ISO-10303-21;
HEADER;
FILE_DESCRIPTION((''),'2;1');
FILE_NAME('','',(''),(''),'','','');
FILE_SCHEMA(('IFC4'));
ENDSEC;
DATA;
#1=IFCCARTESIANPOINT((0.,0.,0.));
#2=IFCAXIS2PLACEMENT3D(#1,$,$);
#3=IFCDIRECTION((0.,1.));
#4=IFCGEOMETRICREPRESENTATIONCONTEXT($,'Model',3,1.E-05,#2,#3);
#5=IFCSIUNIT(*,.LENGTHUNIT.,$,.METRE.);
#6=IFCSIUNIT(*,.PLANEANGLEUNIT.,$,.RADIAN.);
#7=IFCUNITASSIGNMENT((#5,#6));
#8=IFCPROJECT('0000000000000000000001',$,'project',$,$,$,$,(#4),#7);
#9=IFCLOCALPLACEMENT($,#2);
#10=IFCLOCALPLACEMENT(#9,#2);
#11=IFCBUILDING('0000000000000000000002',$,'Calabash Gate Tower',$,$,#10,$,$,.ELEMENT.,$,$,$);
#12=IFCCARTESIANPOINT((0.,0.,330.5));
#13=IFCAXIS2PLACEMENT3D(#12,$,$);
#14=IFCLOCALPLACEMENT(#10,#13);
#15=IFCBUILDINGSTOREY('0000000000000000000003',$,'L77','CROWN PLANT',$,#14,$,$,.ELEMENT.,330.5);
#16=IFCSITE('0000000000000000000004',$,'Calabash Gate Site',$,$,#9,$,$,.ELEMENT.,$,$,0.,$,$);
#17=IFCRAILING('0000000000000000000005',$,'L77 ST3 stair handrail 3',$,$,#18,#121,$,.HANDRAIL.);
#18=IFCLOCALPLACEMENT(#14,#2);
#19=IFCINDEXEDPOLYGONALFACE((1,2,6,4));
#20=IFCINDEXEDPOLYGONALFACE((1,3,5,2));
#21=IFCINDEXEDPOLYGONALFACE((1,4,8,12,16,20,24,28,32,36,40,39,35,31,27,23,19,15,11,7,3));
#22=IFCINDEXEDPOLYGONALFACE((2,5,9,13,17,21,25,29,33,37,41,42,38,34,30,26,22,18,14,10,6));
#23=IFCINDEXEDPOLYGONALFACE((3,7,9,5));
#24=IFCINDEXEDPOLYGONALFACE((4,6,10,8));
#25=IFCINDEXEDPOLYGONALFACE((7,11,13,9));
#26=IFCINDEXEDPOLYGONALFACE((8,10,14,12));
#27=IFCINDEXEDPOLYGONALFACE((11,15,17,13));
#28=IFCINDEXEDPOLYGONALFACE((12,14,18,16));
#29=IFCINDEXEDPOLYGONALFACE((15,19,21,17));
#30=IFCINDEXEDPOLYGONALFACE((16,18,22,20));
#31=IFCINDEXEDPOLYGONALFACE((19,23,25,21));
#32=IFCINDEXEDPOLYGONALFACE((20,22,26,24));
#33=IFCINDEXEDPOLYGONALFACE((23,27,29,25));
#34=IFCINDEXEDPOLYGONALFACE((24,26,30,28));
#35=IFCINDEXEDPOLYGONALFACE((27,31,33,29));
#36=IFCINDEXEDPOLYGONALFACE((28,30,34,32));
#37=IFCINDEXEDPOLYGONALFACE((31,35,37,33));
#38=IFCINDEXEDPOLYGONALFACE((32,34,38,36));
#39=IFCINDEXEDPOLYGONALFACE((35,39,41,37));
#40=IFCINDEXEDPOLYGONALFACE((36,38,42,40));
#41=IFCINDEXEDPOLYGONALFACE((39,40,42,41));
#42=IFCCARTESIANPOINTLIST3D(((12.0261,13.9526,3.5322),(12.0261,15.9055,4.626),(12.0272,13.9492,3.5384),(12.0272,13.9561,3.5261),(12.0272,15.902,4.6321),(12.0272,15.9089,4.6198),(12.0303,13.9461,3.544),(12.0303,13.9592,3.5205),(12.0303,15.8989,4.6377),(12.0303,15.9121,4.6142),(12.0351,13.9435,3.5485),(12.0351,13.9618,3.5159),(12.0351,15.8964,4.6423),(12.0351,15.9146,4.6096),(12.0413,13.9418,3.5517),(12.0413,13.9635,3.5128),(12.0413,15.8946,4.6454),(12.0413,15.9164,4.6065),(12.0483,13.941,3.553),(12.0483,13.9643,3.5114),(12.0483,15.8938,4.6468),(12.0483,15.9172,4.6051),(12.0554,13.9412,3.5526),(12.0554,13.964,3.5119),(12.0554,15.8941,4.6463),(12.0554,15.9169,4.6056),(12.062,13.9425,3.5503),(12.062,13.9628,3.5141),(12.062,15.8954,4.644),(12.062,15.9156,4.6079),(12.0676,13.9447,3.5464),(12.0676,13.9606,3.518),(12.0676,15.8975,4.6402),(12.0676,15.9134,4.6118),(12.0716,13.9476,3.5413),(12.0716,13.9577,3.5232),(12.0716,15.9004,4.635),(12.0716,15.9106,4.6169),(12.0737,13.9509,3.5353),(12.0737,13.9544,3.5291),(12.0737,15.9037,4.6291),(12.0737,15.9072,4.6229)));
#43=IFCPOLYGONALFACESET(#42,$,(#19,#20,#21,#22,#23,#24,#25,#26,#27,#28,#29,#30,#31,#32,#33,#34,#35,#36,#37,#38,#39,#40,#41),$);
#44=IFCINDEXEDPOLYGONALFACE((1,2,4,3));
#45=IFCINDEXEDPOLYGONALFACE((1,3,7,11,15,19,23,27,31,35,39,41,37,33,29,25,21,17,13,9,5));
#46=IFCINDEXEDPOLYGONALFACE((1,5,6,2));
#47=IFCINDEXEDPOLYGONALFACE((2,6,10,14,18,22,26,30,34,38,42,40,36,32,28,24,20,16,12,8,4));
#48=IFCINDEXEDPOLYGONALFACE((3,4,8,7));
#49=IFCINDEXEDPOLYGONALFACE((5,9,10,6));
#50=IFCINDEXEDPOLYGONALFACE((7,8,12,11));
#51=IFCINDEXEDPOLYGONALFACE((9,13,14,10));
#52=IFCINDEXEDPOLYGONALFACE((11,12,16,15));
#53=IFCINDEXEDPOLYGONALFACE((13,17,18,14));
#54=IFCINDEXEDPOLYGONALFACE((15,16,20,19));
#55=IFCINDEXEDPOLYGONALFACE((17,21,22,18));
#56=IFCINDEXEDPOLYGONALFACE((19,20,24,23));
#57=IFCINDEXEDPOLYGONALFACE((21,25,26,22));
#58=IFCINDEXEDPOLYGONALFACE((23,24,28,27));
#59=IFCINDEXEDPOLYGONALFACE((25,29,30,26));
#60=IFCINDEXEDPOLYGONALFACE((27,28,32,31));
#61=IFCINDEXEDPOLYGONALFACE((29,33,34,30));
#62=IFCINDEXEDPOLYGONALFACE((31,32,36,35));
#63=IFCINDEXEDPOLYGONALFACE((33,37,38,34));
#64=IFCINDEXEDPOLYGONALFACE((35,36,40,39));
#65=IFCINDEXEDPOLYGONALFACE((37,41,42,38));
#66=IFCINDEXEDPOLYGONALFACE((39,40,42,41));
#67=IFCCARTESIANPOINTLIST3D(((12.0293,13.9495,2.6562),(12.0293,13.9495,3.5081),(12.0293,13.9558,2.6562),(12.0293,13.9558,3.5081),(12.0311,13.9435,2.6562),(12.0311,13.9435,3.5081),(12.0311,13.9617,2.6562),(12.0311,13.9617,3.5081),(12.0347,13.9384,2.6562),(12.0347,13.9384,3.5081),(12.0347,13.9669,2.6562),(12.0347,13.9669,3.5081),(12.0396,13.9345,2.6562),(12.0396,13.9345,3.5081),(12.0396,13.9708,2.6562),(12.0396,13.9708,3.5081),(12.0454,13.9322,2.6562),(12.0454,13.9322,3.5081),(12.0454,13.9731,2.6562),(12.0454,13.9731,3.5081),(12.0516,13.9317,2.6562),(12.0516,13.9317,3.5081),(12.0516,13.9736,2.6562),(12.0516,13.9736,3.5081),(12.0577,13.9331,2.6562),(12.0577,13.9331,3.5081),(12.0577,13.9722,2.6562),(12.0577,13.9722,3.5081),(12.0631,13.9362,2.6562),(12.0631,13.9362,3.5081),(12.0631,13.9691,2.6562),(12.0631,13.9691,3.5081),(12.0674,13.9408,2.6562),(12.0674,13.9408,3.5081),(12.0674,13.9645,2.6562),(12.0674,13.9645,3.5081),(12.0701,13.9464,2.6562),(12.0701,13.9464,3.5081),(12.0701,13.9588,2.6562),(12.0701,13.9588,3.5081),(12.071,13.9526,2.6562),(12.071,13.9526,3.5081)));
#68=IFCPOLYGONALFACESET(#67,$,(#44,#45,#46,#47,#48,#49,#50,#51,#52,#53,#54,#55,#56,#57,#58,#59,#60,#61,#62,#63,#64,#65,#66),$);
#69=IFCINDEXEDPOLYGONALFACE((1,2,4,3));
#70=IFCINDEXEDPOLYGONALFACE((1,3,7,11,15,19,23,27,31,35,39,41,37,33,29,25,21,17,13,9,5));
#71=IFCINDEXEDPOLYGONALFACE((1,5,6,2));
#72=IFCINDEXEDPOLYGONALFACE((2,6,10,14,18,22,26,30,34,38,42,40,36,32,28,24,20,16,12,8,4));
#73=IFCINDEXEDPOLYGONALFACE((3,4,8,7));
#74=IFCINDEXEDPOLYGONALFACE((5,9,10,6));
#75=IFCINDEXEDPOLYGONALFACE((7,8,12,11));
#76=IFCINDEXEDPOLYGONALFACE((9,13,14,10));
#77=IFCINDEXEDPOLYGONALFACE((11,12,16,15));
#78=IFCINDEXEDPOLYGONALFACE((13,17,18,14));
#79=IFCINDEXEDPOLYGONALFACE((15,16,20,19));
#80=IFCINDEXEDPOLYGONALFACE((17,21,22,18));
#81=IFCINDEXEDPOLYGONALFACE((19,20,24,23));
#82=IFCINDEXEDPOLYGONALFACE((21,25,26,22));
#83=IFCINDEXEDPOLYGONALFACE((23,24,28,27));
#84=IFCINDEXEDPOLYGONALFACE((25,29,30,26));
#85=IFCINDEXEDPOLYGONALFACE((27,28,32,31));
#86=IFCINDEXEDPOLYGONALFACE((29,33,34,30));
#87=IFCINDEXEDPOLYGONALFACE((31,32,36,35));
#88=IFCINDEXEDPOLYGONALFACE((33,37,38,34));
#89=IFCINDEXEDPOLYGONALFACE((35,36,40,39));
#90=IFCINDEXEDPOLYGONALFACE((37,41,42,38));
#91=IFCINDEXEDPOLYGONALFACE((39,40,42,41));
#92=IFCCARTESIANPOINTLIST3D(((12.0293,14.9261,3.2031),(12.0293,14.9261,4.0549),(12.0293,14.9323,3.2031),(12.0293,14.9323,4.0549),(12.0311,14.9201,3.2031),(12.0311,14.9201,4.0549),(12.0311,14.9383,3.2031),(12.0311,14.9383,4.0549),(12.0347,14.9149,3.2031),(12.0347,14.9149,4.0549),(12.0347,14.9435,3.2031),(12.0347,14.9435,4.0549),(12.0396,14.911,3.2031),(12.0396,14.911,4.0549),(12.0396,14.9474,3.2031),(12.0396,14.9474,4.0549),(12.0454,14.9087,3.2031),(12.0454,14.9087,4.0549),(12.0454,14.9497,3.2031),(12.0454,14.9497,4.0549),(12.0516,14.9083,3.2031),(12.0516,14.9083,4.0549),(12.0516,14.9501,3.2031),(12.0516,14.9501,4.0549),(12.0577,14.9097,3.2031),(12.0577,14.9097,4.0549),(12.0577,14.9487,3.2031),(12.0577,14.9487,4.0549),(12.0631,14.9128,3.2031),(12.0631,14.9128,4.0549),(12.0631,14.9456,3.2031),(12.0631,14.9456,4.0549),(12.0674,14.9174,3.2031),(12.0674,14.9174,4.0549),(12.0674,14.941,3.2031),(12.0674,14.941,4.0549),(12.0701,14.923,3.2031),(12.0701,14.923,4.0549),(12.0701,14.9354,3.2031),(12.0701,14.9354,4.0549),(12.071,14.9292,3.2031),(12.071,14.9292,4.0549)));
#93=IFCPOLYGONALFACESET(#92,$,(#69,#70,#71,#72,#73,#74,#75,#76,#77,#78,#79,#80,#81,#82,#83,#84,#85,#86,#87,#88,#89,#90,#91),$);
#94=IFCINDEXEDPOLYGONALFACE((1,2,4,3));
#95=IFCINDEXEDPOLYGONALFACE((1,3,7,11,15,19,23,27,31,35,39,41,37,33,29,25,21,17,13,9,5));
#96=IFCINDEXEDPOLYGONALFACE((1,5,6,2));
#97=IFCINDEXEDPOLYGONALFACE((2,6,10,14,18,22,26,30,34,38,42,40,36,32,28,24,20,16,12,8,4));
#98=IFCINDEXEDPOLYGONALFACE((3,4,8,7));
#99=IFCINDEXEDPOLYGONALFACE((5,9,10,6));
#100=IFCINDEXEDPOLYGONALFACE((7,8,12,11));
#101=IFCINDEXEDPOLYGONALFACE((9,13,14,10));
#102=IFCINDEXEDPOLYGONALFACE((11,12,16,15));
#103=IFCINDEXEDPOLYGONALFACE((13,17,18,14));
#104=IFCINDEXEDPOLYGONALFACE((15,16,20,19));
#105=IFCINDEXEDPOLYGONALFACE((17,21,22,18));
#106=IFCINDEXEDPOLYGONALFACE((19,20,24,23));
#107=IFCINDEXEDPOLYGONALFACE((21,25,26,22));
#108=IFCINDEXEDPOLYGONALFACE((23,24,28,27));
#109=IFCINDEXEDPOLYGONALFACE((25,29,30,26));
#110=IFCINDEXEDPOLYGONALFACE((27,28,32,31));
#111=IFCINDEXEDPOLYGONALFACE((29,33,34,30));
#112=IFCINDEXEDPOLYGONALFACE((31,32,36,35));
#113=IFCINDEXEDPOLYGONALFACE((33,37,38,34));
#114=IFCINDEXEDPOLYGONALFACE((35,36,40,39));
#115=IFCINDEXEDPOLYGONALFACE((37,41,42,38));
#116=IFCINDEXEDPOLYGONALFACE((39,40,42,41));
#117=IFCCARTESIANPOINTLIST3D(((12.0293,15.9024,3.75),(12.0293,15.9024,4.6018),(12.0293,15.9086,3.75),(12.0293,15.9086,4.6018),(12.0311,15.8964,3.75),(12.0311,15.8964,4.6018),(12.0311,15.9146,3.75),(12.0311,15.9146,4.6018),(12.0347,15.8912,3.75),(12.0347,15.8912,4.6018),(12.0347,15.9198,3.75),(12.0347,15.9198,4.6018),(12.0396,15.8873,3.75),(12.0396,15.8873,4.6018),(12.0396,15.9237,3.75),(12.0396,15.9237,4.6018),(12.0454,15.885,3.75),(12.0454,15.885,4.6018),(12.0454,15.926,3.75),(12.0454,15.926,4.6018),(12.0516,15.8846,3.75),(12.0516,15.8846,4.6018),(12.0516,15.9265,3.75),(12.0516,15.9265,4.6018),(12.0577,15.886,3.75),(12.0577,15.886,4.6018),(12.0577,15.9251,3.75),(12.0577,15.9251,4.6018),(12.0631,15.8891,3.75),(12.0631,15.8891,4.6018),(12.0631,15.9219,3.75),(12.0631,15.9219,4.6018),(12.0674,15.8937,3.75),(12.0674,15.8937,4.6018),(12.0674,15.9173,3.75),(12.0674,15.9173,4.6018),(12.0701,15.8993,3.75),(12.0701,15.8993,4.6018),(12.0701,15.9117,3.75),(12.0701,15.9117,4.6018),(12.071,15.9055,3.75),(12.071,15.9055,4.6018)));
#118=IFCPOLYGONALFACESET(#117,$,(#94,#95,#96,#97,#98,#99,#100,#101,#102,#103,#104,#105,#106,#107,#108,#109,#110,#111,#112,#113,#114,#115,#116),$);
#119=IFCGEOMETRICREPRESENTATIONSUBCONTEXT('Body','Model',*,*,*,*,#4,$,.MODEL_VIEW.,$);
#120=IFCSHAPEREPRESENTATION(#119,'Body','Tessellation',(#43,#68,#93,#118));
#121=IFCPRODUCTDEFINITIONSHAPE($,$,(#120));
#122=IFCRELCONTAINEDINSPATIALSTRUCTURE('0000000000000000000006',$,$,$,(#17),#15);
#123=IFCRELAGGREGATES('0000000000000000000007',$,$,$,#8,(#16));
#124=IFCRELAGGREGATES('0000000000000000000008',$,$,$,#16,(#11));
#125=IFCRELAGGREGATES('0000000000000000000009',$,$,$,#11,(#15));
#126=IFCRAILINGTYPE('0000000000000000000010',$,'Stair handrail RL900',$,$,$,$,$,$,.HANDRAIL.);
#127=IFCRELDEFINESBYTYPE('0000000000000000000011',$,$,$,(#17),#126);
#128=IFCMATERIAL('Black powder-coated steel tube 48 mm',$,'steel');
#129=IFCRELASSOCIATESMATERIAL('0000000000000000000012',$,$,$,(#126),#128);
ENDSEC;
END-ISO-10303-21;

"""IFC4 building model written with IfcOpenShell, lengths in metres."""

from ifc_helpers import new_model, si_unit, direction, frame, origin, origin_2d, place, context, subcontext, project, spatial, circle, extrude, material, type_object, element, save


model = new_model("IFC4")

# Units and contexts
model_context = context("Model", 3, precision=1e-05, world=origin(), true_north=direction((0.0, 1.0)))
body_context = subcontext(model_context, "Body", "Model", "MODEL_VIEW")
ifc_project = project(units=[si_unit("LENGTHUNIT", "METRE"), si_unit("PLANEANGLEUNIT", "RADIAN")], contexts=[model_context])

# Site, building, storey
site_placement = place(None, origin())
site = spatial("IfcSite", under=ifc_project, at=site_placement, Name="Calabash Gate Site", CompositionType="ELEMENT", RefElevation=0.0)
building_placement = place(site_placement, origin())
building = spatial("IfcBuilding", under=site, at=building_placement, Name="Calabash Gate Tower", CompositionType="ELEMENT")
storey_placement = place(building_placement, frame((0.0, 0.0, 330.5)))
storey = spatial("IfcBuildingStorey", under=building, at=storey_placement, Name="L77", Description="CROWN PLANT", CompositionType="ELEMENT", Elevation=330.5)

# Railing
ifc_material_1 = material(Name="Black powder-coated steel tube 48 mm", Category="steel")
railing_type = type_object("IfcRailingType", Name="Stair handrail RL900", PredefinedType="HANDRAIL", material=ifc_material_1)
for number, where, name in (
    (1, (12.05, 13.9526, 2.6562), "L77 ST3 stair handrail 3"),
):
    element("IfcRailing", number, at=place(storey_placement, frame(where)), inside=storey, type_object=railing_type, Name=name, PredefinedType="HANDRAIL", context=body_context, shape_type="SweptSolid", body=[
        extrude(circle(Radius=0.0239, at=origin_2d()), frame((0.0, 0.0, 0.876), z_axis=(0.0, 0.87248, 0.48865), x_axis=(-1.0, 0.0, 0.0)), (0.0, 0.0, 1.0), 2.2383),
        extrude(circle(Radius=0.021, at=origin_2d()), origin(), (0.0, 0.0, 1.0), 0.8518),
        extrude(circle(Radius=0.021, at=origin_2d()), frame((0.0, 0.9766, 0.5469)), (0.0, 0.0, 1.0), 0.8518),
        extrude(circle(Radius=0.021, at=origin_2d()), frame((0.0, 1.9529, 1.0938)), (0.0, 0.0, 1.0), 0.8518),
    ])

save(model, "model.ifc")
